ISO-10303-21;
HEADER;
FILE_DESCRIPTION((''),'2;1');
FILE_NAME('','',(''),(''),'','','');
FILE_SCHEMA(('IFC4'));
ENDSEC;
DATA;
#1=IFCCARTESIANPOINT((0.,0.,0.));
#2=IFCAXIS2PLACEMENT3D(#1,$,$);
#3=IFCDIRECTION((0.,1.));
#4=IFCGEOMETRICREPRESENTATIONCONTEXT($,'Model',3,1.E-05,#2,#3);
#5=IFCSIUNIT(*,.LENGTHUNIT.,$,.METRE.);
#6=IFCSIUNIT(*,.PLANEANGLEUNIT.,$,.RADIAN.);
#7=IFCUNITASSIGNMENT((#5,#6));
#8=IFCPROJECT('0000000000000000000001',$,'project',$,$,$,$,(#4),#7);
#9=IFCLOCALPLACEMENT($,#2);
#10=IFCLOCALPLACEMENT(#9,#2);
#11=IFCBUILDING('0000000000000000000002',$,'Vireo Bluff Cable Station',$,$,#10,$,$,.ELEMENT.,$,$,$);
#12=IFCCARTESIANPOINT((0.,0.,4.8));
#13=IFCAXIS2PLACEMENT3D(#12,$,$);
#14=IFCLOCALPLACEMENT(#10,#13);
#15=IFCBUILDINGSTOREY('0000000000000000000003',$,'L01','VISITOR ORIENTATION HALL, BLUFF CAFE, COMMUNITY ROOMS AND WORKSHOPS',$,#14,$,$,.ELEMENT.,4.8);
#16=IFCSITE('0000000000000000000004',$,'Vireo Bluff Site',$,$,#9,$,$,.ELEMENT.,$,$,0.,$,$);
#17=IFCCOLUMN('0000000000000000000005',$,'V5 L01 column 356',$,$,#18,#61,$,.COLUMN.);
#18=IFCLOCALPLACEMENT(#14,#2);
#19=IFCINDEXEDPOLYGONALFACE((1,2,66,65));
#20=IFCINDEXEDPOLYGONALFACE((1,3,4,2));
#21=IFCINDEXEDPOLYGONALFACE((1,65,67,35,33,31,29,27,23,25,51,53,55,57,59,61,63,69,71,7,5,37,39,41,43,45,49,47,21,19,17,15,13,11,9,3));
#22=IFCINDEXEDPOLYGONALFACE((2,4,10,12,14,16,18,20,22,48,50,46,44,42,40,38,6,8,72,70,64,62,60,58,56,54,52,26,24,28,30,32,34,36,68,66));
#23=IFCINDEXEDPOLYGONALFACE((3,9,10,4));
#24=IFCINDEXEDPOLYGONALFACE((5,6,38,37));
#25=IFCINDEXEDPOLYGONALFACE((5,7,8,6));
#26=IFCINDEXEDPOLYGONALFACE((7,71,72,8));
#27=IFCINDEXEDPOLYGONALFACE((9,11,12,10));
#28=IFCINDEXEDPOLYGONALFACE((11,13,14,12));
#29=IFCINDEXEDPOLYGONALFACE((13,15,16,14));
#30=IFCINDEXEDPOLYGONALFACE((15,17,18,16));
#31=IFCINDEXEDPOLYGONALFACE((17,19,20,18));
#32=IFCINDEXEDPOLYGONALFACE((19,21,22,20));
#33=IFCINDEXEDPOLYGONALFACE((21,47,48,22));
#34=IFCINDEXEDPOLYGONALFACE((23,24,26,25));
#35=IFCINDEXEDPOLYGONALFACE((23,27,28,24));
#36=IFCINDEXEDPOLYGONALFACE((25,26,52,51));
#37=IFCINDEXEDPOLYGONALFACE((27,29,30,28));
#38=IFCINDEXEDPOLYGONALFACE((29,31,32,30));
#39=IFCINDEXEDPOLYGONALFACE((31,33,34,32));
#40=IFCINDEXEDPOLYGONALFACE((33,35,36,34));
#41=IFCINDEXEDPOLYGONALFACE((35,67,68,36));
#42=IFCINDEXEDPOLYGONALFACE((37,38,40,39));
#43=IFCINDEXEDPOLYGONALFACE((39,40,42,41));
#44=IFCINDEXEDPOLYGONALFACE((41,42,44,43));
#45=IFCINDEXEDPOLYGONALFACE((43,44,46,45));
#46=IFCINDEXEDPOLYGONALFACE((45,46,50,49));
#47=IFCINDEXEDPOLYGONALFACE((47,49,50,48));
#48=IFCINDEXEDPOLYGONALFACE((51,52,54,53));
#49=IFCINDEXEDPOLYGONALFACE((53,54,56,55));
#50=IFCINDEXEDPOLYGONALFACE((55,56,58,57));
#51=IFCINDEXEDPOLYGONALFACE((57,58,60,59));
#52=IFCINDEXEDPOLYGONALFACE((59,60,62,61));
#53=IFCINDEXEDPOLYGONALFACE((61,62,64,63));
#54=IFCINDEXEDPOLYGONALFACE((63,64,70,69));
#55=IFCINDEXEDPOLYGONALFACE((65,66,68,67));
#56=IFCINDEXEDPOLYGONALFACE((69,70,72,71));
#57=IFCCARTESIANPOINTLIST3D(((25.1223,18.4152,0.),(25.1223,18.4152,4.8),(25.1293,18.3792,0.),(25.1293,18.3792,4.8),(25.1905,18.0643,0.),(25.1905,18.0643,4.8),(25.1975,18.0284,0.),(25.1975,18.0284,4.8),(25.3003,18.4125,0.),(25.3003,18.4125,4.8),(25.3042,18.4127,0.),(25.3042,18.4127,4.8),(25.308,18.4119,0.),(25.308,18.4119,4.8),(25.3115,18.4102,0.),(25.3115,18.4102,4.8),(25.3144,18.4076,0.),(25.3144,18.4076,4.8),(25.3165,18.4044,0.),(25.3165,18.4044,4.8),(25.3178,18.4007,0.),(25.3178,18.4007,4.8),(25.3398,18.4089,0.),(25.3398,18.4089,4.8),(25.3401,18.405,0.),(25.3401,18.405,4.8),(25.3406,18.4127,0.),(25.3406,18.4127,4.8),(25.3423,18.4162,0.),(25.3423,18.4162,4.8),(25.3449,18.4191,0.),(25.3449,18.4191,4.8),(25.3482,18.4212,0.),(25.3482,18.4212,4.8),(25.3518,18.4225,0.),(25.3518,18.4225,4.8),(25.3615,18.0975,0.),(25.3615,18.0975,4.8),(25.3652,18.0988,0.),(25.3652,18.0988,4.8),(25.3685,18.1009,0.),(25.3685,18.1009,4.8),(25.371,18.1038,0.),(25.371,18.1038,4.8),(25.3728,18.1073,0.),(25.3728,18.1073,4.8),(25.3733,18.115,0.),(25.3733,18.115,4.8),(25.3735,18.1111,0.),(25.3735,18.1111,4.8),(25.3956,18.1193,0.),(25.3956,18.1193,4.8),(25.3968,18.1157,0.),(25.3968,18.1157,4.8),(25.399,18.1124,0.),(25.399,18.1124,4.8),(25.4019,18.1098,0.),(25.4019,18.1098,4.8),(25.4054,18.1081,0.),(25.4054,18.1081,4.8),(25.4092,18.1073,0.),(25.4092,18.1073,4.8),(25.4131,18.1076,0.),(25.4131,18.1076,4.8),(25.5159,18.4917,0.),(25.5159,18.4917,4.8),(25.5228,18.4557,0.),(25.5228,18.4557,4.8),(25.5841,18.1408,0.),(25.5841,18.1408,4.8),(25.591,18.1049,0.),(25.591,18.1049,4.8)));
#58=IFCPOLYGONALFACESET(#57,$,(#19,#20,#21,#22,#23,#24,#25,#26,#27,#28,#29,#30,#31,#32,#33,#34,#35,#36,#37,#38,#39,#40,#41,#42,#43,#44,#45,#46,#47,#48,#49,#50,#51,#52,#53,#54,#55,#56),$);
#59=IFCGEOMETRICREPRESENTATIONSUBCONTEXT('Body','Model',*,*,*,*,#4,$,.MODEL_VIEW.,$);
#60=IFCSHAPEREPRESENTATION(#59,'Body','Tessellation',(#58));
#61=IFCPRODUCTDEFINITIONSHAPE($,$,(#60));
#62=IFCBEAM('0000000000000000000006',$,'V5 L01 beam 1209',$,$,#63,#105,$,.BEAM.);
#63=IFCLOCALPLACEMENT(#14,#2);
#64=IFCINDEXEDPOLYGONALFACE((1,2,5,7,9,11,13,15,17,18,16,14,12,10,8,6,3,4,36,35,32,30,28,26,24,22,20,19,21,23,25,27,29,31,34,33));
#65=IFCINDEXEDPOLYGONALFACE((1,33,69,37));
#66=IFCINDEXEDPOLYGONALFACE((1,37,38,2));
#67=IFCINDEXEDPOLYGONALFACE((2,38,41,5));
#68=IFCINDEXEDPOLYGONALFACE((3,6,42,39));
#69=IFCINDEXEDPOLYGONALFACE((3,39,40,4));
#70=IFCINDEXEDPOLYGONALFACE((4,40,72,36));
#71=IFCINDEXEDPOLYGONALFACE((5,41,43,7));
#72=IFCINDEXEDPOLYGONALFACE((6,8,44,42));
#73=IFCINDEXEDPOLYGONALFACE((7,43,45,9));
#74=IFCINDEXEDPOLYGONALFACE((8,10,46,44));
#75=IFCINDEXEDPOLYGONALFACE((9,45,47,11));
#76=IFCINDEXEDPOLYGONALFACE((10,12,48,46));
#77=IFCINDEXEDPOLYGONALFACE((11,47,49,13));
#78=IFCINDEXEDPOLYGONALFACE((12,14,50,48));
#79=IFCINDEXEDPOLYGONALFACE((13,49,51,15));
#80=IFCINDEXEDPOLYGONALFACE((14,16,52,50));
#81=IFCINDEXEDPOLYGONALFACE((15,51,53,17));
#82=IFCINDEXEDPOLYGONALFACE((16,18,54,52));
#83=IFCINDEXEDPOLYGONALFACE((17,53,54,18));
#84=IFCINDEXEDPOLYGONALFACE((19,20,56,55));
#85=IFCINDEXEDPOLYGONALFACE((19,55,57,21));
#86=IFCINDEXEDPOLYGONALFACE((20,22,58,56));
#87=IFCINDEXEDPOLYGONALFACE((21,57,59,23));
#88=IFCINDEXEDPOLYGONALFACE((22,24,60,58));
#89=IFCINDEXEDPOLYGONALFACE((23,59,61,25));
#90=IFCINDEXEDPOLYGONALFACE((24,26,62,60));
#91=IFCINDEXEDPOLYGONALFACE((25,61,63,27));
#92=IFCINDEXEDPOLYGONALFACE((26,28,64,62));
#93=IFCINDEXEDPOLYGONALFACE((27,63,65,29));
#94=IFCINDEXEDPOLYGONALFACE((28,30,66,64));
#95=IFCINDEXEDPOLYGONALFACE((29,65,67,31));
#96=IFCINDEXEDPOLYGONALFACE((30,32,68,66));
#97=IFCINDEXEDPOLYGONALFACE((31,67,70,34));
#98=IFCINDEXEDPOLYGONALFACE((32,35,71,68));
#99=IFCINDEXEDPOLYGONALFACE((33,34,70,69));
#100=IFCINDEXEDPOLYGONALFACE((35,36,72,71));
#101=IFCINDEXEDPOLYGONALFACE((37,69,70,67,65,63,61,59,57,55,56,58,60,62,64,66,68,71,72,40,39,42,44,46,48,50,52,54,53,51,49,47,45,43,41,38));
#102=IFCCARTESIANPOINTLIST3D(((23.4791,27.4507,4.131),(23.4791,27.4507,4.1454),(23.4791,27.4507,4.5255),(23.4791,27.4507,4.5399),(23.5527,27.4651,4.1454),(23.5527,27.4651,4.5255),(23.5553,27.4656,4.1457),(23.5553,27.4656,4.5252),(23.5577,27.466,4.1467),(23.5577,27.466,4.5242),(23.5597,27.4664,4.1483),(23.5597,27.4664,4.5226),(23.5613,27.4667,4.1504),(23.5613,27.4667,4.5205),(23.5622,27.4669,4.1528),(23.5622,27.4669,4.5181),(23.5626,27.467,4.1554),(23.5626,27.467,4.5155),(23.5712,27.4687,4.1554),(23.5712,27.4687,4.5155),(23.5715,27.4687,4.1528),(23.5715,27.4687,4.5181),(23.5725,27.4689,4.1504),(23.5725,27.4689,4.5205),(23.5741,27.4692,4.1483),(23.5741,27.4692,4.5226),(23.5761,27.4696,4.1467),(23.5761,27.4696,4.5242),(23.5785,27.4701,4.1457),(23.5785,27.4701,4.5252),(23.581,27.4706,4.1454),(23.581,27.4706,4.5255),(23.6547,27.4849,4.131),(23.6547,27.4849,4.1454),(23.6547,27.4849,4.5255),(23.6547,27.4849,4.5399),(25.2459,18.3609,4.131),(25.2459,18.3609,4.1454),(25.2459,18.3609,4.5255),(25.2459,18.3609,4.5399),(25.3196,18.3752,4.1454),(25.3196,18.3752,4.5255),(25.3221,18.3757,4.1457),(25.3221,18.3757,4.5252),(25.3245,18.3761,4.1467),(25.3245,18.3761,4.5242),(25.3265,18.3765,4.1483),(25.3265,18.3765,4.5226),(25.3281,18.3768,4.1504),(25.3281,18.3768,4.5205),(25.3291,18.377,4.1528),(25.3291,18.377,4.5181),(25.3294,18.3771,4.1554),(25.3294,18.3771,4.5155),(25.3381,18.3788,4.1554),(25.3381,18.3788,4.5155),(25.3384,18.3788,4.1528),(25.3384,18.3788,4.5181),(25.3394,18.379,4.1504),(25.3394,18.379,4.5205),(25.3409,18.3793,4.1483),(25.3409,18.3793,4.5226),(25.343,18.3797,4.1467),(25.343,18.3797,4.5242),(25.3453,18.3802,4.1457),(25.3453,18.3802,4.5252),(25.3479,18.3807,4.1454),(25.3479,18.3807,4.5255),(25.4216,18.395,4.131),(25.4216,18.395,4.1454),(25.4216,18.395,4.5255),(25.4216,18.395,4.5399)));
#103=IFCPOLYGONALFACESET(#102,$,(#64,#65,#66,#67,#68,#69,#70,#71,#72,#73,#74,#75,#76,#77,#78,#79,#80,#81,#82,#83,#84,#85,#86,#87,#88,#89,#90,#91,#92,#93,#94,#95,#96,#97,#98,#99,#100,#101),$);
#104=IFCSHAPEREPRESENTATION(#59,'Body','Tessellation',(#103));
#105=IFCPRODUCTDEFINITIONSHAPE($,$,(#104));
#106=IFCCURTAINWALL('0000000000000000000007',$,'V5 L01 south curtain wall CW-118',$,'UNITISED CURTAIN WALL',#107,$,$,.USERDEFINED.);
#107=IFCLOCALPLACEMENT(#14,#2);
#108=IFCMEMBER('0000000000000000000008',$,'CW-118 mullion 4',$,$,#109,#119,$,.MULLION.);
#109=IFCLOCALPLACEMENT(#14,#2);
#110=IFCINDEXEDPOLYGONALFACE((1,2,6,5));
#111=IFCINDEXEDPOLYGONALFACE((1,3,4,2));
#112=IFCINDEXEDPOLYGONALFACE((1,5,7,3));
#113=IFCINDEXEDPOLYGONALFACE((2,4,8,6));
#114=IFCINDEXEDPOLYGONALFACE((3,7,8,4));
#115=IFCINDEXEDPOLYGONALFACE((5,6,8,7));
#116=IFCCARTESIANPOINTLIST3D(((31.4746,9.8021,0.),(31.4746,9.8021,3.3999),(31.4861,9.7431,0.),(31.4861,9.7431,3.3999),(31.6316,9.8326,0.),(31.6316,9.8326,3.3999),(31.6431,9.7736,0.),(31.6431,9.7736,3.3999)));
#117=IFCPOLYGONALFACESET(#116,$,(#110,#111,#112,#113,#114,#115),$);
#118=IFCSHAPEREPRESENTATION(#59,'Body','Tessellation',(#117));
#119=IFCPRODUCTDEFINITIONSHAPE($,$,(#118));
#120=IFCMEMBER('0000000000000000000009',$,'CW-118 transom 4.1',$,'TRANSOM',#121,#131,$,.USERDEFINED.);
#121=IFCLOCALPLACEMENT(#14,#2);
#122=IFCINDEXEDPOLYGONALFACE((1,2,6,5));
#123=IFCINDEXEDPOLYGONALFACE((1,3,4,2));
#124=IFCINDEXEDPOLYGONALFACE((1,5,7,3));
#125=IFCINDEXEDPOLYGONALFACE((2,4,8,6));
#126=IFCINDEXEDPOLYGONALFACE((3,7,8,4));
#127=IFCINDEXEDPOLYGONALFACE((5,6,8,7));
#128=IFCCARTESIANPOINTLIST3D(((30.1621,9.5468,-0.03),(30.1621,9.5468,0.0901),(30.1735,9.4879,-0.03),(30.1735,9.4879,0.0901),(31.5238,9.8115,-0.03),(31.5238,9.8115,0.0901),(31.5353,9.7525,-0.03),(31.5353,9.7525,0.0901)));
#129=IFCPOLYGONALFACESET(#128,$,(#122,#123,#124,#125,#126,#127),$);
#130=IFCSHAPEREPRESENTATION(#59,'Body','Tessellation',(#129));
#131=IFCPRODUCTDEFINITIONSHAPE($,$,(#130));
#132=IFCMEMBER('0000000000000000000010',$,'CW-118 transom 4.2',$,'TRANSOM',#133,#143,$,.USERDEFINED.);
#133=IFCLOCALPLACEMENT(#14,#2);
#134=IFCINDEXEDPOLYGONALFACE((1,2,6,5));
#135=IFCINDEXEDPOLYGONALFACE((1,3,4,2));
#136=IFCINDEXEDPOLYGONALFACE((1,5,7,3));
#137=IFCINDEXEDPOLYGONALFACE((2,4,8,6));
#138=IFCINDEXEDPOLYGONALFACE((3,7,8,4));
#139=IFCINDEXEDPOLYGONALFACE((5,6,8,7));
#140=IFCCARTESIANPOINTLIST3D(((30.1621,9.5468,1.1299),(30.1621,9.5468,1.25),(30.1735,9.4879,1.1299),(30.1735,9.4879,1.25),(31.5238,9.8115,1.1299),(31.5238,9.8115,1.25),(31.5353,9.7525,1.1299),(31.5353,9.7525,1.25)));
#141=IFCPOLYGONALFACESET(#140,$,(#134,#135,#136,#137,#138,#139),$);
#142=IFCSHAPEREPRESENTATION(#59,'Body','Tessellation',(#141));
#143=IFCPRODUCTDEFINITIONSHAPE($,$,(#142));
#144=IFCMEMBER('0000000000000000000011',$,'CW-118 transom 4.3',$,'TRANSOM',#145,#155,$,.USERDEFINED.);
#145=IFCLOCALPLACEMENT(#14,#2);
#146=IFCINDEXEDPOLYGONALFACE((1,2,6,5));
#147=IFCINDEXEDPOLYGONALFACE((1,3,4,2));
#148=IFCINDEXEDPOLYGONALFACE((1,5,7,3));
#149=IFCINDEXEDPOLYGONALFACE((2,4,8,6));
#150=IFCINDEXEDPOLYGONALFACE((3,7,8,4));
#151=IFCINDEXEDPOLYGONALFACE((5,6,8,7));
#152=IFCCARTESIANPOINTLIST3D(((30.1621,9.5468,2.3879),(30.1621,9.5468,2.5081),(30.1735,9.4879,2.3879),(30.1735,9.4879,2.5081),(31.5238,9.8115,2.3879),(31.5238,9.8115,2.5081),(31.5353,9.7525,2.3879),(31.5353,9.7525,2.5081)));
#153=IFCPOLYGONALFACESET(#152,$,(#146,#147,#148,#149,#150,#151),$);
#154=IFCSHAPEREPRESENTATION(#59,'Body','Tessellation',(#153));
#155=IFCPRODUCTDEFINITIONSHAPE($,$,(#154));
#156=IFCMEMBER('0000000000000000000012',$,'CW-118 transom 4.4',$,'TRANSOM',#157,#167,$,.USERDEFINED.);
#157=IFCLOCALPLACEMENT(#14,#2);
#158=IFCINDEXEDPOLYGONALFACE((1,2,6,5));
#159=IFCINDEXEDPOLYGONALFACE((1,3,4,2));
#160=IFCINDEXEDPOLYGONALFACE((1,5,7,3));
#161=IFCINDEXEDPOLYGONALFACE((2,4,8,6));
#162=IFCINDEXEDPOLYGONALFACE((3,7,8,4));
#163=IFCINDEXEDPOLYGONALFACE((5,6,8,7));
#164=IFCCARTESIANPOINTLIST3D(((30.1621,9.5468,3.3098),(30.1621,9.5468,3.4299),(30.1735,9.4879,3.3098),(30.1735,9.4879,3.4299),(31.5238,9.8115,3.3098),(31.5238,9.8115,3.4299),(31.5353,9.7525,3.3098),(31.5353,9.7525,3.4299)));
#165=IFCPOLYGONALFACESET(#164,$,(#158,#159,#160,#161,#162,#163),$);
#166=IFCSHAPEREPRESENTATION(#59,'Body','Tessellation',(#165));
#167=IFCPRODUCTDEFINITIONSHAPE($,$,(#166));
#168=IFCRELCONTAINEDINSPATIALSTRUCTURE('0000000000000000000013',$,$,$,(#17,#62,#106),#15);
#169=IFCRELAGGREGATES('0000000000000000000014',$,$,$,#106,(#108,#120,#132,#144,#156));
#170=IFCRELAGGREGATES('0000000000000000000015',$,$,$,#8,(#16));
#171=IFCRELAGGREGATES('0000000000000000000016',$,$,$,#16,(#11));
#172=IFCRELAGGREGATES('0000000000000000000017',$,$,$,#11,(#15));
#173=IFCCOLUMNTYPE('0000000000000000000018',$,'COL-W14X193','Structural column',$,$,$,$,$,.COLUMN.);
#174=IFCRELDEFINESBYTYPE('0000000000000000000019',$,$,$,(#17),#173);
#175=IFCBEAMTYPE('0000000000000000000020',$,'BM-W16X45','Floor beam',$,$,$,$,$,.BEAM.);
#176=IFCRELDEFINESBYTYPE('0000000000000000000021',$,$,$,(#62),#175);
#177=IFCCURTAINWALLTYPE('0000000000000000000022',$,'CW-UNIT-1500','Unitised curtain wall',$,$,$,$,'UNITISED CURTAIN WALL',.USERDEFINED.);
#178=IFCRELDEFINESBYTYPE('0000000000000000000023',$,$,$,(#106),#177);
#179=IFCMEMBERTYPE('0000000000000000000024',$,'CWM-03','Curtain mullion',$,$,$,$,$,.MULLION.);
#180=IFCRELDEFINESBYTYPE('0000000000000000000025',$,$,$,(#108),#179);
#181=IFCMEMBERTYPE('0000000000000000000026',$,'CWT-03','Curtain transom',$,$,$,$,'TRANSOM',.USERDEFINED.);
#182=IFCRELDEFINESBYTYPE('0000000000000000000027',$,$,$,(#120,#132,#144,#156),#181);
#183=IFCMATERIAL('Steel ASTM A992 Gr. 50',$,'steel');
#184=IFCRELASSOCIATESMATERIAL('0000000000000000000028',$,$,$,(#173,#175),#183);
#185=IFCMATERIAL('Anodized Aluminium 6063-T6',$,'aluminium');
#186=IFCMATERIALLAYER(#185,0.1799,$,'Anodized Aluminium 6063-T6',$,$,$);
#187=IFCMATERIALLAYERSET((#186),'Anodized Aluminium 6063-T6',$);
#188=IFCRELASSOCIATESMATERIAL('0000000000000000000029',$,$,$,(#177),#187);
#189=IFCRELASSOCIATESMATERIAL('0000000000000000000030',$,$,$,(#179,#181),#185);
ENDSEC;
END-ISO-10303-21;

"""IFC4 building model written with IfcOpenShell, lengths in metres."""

from ifc_helpers import new_model, si_unit, direction, frame, origin, origin_2d, place, context, subcontext, project, spatial, rectangle, i_section, extrude, material, layer, layer_set, material_profile, profile_set, type_object, element, aggregate, save


model = new_model("IFC4")

# Units and contexts
model_context = context("Model", 3, precision=1e-05, world=origin(), true_north=direction((0.0, 1.0)))
body_context = subcontext(model_context, "Body", "Model", "MODEL_VIEW")
ifc_project = project(units=[si_unit("LENGTHUNIT", "METRE"), si_unit("PLANEANGLEUNIT", "RADIAN")], contexts=[model_context])

# Site, building, storey
site_placement = place(None, origin())
site = spatial("IfcSite", under=ifc_project, at=site_placement, Name="Vireo Bluff Site", CompositionType="ELEMENT", RefElevation=0.0)
building_placement = place(site_placement, origin())
building = spatial("IfcBuilding", under=site, at=building_placement, Name="Vireo Bluff Cable Station", CompositionType="ELEMENT")
storey_placement = place(building_placement, frame((0.0, 0.0, 4.8)))
storey = spatial("IfcBuildingStorey", under=building, at=storey_placement, Name="L01", Description="VISITOR ORIENTATION HALL, BLUFF CAFE, COMMUNITY ROOMS AND WORKSHOPS", CompositionType="ELEMENT", Elevation=4.8)

# Column
ifc_material_1 = material(Name="Steel ASTM A992 Gr. 50", Category="steel")
ifc_material_profile_1 = material_profile(ifc_material_1, i_section(OverallWidth=0.4009, OverallDepth=0.394, WebThickness=0.0227, FlangeThickness=0.0366, FilletRadius=0.0149, at=origin_2d()), Name="W14X193")
ifc_profile_set_1 = profile_set([ifc_material_profile_1], Name="Steel ASTM A992 Gr. 50")
column_type = type_object("IfcColumnType", Name="COL-W14X193", Description="Structural column", PredefinedType="COLUMN", material=ifc_profile_set_1)
column_placement = place(storey_placement, frame((25.3567, 18.26, 0.0), z_axis=(0.0, 0.0, 1.0), x_axis=(0.981627, 0.190809, 0.0)))
element("IfcColumn", 1, at=column_placement, inside=storey, type_object=column_type, Name="V5 L01 column 356", PredefinedType="COLUMN", context=body_context, shape_type="SweptSolid", body=[
    extrude(i_section(OverallWidth=0.4009, OverallDepth=0.394, WebThickness=0.0227, FlangeThickness=0.0366, FilletRadius=0.0149, at=origin_2d()), origin(), (0.0, 0.0, 1.0), 4.8),
])

# Beam
ifc_material_profile_2 = material_profile(ifc_material_1, i_section(OverallWidth=0.179, OverallDepth=0.4089, WebThickness=0.0088, FlangeThickness=0.0144, FilletRadius=0.01, at=origin_2d()), Name="W16X45")
ifc_profile_set_2 = profile_set([ifc_material_profile_2], Name="Steel ASTM A992 Gr. 50")
beam_type_1 = type_object("IfcBeamType", Name="BM-W16X45", Description="Floor beam", PredefinedType="BEAM", material=ifc_profile_set_2)
beam_1_placement = place(storey_placement, frame((25.3337, 18.3779, 4.3354), z_axis=(-0.190805, 0.981628, 0.0), x_axis=(-0.981628, -0.190805, 0.0)))
element("IfcBeam", 2, at=beam_1_placement, inside=storey, type_object=beam_type_1, Name="V5 L01 beam 1209", PredefinedType="BEAM", context=body_context, shape_type="SweptSolid", body=[
    extrude(i_section(OverallWidth=0.179, OverallDepth=0.4089, WebThickness=0.0088, FlangeThickness=0.0144, FilletRadius=0.01, at=origin_2d()), origin(), (0.0, 0.0, 1.0), 9.26),
])

# Curtain wall, members
ifc_material_2 = material(Name="Anodized Aluminium 6063-T6", Category="aluminium")
ifc_layer_1 = layer(ifc_material_2, 0.1799, Name="Anodized Aluminium 6063-T6")
ifc_layer_set_1 = layer_set([ifc_layer_1], Name="Anodized Aluminium 6063-T6")
curtain_wall_type = type_object("IfcCurtainWallType", Name="CW-UNIT-1500", Description="Unitised curtain wall", ElementType="UNITISED CURTAIN WALL", PredefinedType="USERDEFINED", material=ifc_layer_set_1)
curtain_wall_placement = place(storey_placement, origin())
curtain_wall = element("IfcCurtainWall", 3, at=curtain_wall_placement, inside=storey, type_object=curtain_wall_type, Name="V5 L01 south curtain wall CW-118", ObjectType="UNITISED CURTAIN WALL", PredefinedType="USERDEFINED")
ifc_material_profile_3 = material_profile(ifc_material_2, rectangle(XDim=0.0601, YDim=0.1599, at=origin_2d()), Name="ALU-M-60X160")
ifc_profile_set_3 = profile_set([ifc_material_profile_3], Name="Anodized Aluminium 6063-T6")
member_type_1 = type_object("IfcMemberType", Name="CWM-03", Description="Curtain mullion", PredefinedType="MULLION", material=ifc_profile_set_3)
member_1_placement = place(storey_placement, frame((31.5588, 9.7878, 0.0), z_axis=(0.0, 0.0, 1.0), x_axis=(0.190809, -0.981627, 0.0)))
member_1 = element("IfcMember", 4, at=member_1_placement, type_object=member_type_1, Name="CW-118 mullion 4", PredefinedType="MULLION", context=body_context, shape_type="SweptSolid", body=[
    extrude(rectangle(XDim=0.0601, YDim=0.1599, at=origin_2d()), origin(), (0.0, 0.0, 1.0), 3.3999),
])
ifc_material_profile_4 = material_profile(ifc_material_2, rectangle(XDim=0.0601, YDim=0.1201, at=origin_2d()), Name="ALU-T-60X120")
ifc_profile_set_4 = profile_set([ifc_material_profile_4], Name="Anodized Aluminium 6063-T6")
member_type_2 = type_object("IfcMemberType", Name="CWT-03", Description="Curtain transom", ElementType="TRANSOM", PredefinedType="USERDEFINED", material=ifc_profile_set_4)
member_2_placement = place(storey_placement, frame((31.5295, 9.782, 0.03), z_axis=(-0.981636, -0.190766, 0.0), x_axis=(0.190766, -0.981636, 0.0)))
member_2 = element("IfcMember", 5, at=member_2_placement, type_object=member_type_2, Name="CW-118 transom 4.1", ObjectType="TRANSOM", PredefinedType="USERDEFINED", context=body_context, shape_type="SweptSolid", body=[
    extrude(rectangle(XDim=0.0601, YDim=0.1201, at=origin_2d()), origin(), (0.0, 0.0, 1.0), 1.3872),
])
member_3_placement = place(storey_placement, frame((31.5295, 9.782, 1.1899), z_axis=(-0.981636, -0.190766, 0.0), x_axis=(0.190766, -0.981636, 0.0)))
member_3 = element("IfcMember", 6, at=member_3_placement, type_object=member_type_2, Name="CW-118 transom 4.2", ObjectType="TRANSOM", PredefinedType="USERDEFINED", context=body_context, shape_type="SweptSolid", body=[
    extrude(rectangle(XDim=0.0601, YDim=0.1201, at=origin_2d()), origin(), (0.0, 0.0, 1.0), 1.3872),
])
member_4_placement = place(storey_placement, frame((31.5295, 9.782, 2.448), z_axis=(-0.981636, -0.190766, 0.0), x_axis=(0.190766, -0.981636, 0.0)))
member_4 = element("IfcMember", 7, at=member_4_placement, type_object=member_type_2, Name="CW-118 transom 4.3", ObjectType="TRANSOM", PredefinedType="USERDEFINED", context=body_context, shape_type="SweptSolid", body=[
    extrude(rectangle(XDim=0.0601, YDim=0.1201, at=origin_2d()), origin(), (0.0, 0.0, 1.0), 1.3872),
])
member_5_placement = place(storey_placement, frame((31.5295, 9.782, 3.3699), z_axis=(-0.981636, -0.190766, 0.0), x_axis=(0.190766, -0.981636, 0.0)))
member_5 = element("IfcMember", 8, at=member_5_placement, type_object=member_type_2, Name="CW-118 transom 4.4", ObjectType="TRANSOM", PredefinedType="USERDEFINED", context=body_context, shape_type="SweptSolid", body=[
    extrude(rectangle(XDim=0.0601, YDim=0.1201, at=origin_2d()), origin(), (0.0, 0.0, 1.0), 1.3872),
])

aggregate(curtain_wall, [member_1, member_2, member_3, member_4, member_5])

save(model, "model.ifc")
